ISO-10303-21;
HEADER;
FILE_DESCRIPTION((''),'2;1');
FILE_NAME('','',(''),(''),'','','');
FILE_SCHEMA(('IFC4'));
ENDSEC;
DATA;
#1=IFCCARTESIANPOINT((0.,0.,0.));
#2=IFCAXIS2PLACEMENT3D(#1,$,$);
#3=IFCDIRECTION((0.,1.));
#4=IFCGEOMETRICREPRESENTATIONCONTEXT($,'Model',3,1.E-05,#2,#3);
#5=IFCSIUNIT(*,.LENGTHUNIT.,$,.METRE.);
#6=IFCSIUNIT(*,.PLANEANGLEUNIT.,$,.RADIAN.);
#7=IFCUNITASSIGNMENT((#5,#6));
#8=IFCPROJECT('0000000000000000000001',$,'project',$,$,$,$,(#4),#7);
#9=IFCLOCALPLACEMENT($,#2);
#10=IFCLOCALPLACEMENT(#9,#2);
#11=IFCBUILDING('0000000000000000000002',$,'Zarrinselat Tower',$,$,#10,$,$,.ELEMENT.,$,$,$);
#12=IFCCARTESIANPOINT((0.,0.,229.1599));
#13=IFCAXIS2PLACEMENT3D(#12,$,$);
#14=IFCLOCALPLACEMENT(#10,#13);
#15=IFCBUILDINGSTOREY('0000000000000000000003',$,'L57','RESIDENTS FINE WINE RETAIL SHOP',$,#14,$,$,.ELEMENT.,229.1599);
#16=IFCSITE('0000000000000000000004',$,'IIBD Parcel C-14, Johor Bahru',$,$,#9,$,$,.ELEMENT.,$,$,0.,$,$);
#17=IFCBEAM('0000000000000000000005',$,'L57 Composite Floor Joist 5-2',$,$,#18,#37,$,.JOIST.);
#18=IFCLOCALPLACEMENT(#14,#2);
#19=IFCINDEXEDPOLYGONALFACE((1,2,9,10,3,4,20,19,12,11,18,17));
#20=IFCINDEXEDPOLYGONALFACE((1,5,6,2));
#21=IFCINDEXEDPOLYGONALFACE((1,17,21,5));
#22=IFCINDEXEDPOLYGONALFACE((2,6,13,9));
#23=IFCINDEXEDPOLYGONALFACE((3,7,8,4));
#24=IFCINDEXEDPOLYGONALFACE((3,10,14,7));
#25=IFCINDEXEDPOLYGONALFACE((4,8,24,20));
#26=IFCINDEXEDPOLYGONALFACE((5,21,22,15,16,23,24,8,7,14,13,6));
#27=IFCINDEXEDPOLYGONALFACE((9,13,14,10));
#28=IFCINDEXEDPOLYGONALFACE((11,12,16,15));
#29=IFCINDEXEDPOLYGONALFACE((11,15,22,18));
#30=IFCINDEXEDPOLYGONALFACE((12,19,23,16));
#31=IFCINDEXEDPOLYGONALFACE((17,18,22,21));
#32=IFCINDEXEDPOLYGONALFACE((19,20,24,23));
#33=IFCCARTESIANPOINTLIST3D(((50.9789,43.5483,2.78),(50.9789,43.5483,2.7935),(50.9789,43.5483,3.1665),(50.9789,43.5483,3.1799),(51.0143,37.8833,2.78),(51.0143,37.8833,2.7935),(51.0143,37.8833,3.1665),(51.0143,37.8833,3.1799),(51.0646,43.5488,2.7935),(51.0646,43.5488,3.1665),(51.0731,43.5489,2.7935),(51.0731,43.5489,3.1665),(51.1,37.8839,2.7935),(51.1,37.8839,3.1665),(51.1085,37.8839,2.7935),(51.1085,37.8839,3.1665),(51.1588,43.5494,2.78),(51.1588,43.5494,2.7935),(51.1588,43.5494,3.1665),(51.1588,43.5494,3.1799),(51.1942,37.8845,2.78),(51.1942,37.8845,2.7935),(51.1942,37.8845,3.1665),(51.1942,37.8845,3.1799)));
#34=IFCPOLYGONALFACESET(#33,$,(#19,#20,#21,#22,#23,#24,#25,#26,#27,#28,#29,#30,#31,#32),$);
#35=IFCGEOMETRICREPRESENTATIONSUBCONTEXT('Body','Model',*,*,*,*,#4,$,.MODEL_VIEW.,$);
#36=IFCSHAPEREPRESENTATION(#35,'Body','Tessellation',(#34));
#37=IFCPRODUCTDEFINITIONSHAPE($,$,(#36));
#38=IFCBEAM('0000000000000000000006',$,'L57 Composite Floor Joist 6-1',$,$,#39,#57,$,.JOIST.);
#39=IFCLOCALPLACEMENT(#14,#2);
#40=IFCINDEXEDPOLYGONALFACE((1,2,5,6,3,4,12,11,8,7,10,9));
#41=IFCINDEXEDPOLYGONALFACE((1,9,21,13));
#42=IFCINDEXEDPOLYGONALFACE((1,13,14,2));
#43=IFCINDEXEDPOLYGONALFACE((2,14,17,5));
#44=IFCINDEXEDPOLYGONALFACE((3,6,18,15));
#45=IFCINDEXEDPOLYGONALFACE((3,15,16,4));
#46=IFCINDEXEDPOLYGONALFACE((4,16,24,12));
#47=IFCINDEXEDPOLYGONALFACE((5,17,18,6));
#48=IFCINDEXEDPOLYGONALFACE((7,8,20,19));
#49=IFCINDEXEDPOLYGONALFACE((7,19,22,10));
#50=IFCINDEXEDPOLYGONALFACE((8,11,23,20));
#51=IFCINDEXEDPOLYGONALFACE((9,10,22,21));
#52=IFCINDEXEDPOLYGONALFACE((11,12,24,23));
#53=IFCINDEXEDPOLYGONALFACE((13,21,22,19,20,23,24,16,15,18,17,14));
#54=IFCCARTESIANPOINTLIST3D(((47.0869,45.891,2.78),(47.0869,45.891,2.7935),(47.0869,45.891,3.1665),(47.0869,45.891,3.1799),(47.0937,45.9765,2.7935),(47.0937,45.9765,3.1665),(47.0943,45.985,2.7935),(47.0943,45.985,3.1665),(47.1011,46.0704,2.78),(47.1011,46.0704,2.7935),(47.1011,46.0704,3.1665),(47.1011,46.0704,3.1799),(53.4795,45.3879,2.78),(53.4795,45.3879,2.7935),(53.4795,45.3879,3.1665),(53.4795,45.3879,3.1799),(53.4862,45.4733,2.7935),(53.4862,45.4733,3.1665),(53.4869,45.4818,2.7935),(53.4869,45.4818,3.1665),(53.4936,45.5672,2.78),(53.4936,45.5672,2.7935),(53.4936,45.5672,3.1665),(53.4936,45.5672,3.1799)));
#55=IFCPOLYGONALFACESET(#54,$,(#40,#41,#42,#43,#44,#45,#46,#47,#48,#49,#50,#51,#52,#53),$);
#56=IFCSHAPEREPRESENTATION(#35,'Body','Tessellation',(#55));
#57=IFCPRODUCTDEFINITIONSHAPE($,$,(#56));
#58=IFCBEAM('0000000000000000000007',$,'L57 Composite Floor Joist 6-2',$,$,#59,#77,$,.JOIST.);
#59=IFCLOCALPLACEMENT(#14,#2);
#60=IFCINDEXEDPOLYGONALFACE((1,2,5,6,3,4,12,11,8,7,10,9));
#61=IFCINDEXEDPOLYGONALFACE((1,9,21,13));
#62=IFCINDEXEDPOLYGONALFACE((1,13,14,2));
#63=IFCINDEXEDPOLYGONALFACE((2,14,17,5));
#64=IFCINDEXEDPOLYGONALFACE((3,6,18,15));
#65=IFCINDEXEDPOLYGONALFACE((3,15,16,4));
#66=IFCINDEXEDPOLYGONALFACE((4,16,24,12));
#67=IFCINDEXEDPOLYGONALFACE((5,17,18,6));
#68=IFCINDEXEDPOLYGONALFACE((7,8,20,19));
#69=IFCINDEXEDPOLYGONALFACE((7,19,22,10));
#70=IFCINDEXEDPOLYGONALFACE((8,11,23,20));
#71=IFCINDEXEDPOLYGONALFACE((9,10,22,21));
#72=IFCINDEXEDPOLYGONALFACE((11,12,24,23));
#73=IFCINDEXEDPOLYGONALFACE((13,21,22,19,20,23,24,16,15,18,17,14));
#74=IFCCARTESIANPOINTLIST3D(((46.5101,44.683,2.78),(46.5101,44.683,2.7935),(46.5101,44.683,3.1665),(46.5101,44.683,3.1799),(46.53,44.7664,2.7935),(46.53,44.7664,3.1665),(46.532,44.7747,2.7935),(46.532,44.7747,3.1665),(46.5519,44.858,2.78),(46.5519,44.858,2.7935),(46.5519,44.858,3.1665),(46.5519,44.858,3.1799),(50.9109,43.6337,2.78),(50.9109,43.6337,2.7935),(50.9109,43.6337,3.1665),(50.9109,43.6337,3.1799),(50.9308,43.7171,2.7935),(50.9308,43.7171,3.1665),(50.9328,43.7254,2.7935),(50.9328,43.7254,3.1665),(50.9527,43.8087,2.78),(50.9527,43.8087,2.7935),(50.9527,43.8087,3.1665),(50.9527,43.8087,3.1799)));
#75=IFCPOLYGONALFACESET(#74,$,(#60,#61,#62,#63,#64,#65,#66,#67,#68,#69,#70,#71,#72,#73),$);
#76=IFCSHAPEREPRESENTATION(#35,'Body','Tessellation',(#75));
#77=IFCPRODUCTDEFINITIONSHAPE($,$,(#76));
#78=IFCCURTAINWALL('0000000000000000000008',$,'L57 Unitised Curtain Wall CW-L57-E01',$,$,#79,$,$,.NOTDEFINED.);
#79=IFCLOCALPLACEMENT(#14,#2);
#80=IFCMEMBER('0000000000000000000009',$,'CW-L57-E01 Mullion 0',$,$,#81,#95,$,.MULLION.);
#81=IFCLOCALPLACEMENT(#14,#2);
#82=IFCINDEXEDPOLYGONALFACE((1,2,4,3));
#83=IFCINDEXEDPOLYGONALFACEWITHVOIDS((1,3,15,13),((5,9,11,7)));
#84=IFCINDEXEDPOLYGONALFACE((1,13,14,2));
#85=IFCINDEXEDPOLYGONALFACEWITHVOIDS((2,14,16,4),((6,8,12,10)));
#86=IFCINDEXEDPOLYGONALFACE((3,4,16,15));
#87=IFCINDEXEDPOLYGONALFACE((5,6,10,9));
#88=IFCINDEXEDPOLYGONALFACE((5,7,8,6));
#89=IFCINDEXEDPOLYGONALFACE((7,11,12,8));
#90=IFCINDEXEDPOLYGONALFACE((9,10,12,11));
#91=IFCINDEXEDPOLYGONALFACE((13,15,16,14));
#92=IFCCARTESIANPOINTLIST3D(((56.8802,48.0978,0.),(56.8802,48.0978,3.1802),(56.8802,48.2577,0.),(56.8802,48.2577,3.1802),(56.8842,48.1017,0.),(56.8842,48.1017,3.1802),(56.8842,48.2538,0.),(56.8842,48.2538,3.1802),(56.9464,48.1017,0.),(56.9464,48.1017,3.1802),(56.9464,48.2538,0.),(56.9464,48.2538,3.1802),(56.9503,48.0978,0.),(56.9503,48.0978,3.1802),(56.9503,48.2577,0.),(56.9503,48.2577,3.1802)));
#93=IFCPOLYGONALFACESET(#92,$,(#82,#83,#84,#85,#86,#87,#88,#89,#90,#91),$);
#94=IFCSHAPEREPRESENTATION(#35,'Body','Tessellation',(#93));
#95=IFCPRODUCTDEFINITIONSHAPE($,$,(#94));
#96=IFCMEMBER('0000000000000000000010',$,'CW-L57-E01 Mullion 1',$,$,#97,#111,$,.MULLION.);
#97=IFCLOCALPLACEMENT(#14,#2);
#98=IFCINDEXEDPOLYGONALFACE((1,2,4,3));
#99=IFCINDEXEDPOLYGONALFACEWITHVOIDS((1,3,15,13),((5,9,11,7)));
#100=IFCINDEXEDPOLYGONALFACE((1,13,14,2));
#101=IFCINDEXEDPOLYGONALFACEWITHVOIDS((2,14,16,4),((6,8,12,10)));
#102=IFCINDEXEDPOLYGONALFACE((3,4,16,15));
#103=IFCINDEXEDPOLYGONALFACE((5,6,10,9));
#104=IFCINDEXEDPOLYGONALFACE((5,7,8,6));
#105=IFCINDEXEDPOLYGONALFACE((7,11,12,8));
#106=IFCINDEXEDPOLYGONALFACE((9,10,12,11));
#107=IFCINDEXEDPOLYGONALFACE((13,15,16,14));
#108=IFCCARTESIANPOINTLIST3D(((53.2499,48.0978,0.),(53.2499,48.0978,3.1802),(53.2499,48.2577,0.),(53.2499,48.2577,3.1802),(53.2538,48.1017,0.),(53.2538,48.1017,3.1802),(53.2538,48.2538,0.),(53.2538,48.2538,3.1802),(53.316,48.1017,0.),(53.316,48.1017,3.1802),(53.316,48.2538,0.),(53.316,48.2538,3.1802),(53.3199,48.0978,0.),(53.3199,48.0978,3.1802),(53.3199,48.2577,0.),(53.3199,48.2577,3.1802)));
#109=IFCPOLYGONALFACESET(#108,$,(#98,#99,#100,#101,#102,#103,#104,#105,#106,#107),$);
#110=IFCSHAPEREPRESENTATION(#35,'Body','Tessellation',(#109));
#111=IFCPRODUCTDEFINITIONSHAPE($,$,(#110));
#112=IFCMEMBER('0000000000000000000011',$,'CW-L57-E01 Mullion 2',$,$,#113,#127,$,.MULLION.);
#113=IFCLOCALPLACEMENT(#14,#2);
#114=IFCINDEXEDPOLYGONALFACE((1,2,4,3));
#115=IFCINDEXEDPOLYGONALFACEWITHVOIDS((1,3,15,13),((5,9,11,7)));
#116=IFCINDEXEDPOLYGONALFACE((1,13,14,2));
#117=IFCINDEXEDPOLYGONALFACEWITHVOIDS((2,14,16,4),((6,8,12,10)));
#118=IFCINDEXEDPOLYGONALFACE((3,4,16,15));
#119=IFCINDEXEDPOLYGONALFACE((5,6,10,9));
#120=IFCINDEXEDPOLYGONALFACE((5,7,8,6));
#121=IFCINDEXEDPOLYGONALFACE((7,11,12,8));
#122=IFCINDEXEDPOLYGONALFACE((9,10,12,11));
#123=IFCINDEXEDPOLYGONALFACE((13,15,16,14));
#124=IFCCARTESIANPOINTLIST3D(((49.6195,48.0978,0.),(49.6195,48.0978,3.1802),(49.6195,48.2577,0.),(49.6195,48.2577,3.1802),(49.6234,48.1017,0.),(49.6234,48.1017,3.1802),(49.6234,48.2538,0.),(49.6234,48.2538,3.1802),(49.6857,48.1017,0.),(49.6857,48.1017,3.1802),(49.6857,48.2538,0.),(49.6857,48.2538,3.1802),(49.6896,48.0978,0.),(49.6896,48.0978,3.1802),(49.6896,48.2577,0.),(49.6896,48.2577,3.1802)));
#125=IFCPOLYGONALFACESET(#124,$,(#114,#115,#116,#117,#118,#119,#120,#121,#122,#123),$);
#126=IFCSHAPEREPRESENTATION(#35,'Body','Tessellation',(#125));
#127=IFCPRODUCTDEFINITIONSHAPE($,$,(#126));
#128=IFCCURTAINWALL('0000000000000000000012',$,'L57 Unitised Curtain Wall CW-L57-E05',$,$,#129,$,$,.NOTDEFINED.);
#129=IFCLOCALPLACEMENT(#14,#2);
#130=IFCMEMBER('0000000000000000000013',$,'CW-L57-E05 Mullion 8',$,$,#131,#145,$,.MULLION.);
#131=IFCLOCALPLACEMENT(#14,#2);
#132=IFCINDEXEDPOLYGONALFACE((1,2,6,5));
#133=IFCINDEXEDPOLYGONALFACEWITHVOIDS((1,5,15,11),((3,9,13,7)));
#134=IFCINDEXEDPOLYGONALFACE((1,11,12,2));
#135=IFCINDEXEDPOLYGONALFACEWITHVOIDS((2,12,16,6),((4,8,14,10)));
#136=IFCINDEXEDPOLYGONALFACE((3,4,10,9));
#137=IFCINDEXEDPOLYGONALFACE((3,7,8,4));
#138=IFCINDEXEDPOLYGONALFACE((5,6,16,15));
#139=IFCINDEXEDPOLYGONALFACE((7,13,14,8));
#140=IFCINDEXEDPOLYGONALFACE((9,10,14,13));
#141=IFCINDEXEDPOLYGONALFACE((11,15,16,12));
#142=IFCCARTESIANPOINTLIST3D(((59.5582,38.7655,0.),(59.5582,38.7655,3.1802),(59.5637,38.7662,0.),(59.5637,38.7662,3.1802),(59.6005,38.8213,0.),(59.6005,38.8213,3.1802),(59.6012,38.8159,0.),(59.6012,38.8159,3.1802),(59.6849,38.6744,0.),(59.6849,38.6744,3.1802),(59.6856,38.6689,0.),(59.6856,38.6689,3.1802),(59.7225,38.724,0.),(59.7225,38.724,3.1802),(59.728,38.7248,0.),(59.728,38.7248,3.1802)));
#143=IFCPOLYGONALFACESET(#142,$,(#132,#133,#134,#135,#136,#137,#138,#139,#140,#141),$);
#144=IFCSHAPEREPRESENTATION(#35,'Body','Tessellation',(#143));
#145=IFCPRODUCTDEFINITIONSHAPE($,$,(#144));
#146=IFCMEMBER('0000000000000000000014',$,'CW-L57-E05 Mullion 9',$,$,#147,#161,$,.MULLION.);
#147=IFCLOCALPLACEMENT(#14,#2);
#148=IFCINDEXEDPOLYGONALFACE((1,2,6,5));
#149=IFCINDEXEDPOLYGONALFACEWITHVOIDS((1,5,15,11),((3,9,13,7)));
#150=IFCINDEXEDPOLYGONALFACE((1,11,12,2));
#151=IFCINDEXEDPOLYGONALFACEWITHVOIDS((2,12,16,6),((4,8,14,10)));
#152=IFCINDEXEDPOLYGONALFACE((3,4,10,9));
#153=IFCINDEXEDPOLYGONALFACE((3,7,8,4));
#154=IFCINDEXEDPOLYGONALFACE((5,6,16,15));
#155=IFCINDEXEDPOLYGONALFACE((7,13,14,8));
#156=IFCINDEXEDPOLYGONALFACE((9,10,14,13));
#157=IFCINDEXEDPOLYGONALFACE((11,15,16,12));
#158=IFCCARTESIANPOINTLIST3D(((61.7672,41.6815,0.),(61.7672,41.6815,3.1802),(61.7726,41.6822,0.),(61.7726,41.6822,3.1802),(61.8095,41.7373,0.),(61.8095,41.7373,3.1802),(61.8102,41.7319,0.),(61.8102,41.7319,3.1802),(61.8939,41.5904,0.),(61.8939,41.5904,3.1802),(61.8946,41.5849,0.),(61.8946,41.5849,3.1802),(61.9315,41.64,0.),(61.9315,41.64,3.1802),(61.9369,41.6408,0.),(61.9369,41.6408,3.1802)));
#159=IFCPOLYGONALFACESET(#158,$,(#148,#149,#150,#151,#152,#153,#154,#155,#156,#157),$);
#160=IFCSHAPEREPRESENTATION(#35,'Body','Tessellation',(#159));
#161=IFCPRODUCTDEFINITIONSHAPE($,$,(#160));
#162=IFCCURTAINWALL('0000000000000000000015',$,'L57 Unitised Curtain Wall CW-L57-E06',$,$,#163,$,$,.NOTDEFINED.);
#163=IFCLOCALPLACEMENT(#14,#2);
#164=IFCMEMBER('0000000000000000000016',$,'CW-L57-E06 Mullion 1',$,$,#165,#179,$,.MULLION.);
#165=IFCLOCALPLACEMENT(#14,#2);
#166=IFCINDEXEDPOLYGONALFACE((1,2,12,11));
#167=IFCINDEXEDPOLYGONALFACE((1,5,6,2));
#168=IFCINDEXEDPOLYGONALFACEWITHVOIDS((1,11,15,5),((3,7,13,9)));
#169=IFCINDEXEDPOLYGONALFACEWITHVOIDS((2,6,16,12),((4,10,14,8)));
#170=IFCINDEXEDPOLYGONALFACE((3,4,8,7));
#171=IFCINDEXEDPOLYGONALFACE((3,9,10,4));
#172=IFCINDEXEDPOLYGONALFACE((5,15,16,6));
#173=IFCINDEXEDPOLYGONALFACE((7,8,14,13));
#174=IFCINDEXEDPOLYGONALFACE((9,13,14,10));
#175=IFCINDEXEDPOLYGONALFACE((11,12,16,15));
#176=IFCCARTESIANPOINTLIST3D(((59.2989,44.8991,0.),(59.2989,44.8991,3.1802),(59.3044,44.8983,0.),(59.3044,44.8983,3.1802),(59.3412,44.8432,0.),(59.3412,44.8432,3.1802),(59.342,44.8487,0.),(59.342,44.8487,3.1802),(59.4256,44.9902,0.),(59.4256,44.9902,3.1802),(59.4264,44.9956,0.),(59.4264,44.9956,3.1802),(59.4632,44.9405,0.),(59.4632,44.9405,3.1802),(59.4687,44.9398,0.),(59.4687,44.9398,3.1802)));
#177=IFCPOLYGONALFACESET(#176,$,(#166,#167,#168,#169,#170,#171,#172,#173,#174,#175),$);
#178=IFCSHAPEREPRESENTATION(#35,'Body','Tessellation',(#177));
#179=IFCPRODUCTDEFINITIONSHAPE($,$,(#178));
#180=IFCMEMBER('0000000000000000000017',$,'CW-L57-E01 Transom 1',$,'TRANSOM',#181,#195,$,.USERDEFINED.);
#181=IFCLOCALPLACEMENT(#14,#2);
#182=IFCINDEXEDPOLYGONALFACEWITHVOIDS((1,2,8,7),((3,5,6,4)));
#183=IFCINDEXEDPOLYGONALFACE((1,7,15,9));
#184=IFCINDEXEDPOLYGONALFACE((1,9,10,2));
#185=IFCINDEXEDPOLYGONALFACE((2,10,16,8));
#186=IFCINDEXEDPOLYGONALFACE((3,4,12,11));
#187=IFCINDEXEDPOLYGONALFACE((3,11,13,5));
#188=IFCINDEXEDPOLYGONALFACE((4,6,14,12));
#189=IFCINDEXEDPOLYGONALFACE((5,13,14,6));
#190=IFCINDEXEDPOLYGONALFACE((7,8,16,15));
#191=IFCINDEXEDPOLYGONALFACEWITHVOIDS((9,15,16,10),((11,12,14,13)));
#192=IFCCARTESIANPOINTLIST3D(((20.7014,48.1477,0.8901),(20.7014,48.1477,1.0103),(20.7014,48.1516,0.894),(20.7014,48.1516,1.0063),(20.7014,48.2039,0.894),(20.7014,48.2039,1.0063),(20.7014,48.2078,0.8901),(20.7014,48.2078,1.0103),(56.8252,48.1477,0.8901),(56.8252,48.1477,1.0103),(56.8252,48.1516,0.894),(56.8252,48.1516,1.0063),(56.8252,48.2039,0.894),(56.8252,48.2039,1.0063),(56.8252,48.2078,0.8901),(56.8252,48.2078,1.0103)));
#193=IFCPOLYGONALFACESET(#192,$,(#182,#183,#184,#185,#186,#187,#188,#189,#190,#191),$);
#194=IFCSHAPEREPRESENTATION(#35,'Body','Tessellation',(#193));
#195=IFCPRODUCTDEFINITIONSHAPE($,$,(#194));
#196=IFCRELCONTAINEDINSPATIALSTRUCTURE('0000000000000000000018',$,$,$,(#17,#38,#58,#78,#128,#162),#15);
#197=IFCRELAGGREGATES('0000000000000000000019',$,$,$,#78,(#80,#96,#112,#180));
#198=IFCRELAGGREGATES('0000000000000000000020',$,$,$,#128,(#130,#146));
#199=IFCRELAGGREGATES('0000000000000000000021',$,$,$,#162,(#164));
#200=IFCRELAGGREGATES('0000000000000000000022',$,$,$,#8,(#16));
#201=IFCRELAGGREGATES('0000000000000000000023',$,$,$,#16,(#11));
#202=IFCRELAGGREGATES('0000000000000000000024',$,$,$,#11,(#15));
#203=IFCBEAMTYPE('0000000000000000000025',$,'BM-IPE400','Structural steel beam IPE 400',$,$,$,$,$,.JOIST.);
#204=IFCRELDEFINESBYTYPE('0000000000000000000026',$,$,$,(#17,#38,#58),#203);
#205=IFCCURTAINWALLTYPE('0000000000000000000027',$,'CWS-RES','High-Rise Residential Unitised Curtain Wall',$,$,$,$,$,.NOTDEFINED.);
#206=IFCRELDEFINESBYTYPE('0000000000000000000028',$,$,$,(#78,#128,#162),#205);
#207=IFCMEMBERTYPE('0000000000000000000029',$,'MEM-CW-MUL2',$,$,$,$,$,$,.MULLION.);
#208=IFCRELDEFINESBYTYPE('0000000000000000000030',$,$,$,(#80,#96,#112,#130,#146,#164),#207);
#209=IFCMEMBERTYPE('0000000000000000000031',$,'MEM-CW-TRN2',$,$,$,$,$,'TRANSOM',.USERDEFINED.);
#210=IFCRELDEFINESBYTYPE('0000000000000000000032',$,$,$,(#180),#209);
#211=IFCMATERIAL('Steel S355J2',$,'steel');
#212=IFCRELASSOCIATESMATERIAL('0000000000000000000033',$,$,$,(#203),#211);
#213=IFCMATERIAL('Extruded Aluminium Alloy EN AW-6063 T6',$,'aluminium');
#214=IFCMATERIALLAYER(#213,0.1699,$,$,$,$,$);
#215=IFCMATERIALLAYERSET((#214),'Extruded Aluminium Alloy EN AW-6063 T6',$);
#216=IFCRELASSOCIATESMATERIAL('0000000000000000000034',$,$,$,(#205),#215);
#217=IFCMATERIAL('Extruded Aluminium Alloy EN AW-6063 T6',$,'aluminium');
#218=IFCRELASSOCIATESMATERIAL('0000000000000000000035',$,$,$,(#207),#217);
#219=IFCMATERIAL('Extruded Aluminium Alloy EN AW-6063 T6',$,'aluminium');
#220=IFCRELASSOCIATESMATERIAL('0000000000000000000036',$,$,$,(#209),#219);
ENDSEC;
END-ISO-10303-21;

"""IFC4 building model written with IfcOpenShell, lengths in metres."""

from ifc_helpers import new_model, si_unit, direction, frame, origin, origin_2d, place, context, subcontext, project, spatial, hollow_rectangle, i_section, extrude, material, layer, layer_set, material_profile, profile_set, type_object, element, aggregate, save


model = new_model("IFC4")

# Units and contexts
model_context = context("Model", 3, precision=1e-05, world=origin(), true_north=direction((0.0, 1.0)))
body_context = subcontext(model_context, "Body", "Model", "MODEL_VIEW")
ifc_project = project(units=[si_unit("LENGTHUNIT", "METRE"), si_unit("PLANEANGLEUNIT", "RADIAN")], contexts=[model_context])

# Site, building, storey
site_placement = place(None, origin())
site = spatial("IfcSite", under=ifc_project, at=site_placement, Name="IIBD Parcel C-14, Johor Bahru", CompositionType="ELEMENT", RefElevation=0.0)
building_placement = place(site_placement, origin())
building = spatial("IfcBuilding", under=site, at=building_placement, Name="Zarrinselat Tower", CompositionType="ELEMENT")
storey_placement = place(building_placement, frame((0.0, 0.0, 229.1599)))
storey = spatial("IfcBuildingStorey", under=building, at=storey_placement, Name="L57", Description="RESIDENTS FINE WINE RETAIL SHOP", CompositionType="ELEMENT", Elevation=229.1599)

# Beams
ifc_material_1 = material(Name="Steel S355J2", Category="steel")
ifc_material_profile_1 = material_profile(ifc_material_1, i_section(OverallWidth=0.1799, OverallDepth=0.3999, WebThickness=0.0085, FlangeThickness=0.0134, at=origin_2d()), Name="IPE 400")
ifc_profile_set_1 = profile_set([ifc_material_profile_1], Name="Steel S355J2")
beam_type_1 = type_object("IfcBeamType", Name="BM-IPE400", Description="Structural steel beam IPE 400", PredefinedType="JOIST", material=ifc_profile_set_1)
beam_1_placement = place(storey_placement, frame((51.0688, 43.5488, 2.98), z_axis=(0.006249, -0.99998, 0.0), x_axis=(0.99998, 0.006249, 0.0)))
element("IfcBeam", 1, at=beam_1_placement, inside=storey, type_object=beam_type_1, Name="L57 Composite Floor Joist 5-2", PredefinedType="JOIST", context=body_context, shape_type="SweptSolid", body=[
    extrude(i_section(OverallWidth=0.1799, OverallDepth=0.3999, WebThickness=0.0085, FlangeThickness=0.0134, at=origin_2d()), origin(), (0.0, 0.0, 1.0), 5.665),
])
beam_2_placement = place(storey_placement, frame((47.094, 45.9807, 2.98), z_axis=(0.996917, -0.078469, 0.0), x_axis=(0.078469, 0.996917, 0.0)))
element("IfcBeam", 2, at=beam_2_placement, inside=storey, type_object=beam_type_1, Name="L57 Composite Floor Joist 6-1", PredefinedType="JOIST", context=body_context, shape_type="SweptSolid", body=[
    extrude(i_section(OverallWidth=0.1799, OverallDepth=0.3999, WebThickness=0.0085, FlangeThickness=0.0134, at=origin_2d()), origin(), (0.0, 0.0, 1.0), 6.4124),
])
beam_3_placement = place(storey_placement, frame((46.531, 44.7705, 2.98), z_axis=(0.972732, -0.231932, 0.0), x_axis=(0.231932, 0.972732, 0.0)))
element("IfcBeam", 3, at=beam_3_placement, inside=storey, type_object=beam_type_1, Name="L57 Composite Floor Joist 6-2", PredefinedType="JOIST", context=body_context, shape_type="SweptSolid", body=[
    extrude(i_section(OverallWidth=0.1799, OverallDepth=0.3999, WebThickness=0.0085, FlangeThickness=0.0134, at=origin_2d()), origin(), (0.0, 0.0, 1.0), 4.5242),
])

# Curtain walls, members
ifc_material_2 = material(Name="Extruded Aluminium Alloy EN AW-6063 T6", Category="aluminium")
ifc_layer_1 = layer(ifc_material_2, 0.1699)
ifc_layer_set_1 = layer_set([ifc_layer_1], Name="Extruded Aluminium Alloy EN AW-6063 T6")
curtain_wall_type = type_object("IfcCurtainWallType", Name="CWS-RES", Description="High-Rise Residential Unitised Curtain Wall", PredefinedType="NOTDEFINED", material=ifc_layer_set_1)
curtain_wall_1_placement = place(storey_placement, origin())
curtain_wall_1 = element("IfcCurtainWall", 4, at=curtain_wall_1_placement, inside=storey, type_object=curtain_wall_type, Name="L57 Unitised Curtain Wall CW-L57-E01", PredefinedType="NOTDEFINED")
ifc_material_3 = material(Name="Extruded Aluminium Alloy EN AW-6063 T6", Category="aluminium")
ifc_material_profile_2 = material_profile(ifc_material_3, hollow_rectangle(XDim=0.0701, YDim=0.1599, WallThickness=0.0039, at=origin_2d()), Name="RHS 160x70x4")
ifc_profile_set_2 = profile_set([ifc_material_profile_2], Name="Extruded Aluminium Alloy EN AW-6063 T6")
member_type_1 = type_object("IfcMemberType", Name="MEM-CW-MUL2", PredefinedType="MULLION", material=ifc_profile_set_2)
member_1_placement = place(storey_placement, frame((56.9153, 48.1777, 0.0), z_axis=(0.0, 0.0, 1.0), x_axis=(-1.0, 0.0, 0.0)))
member_1 = element("IfcMember", 5, at=member_1_placement, type_object=member_type_1, Name="CW-L57-E01 Mullion 0", PredefinedType="MULLION", context=body_context, shape_type="SweptSolid", body=[
    extrude(hollow_rectangle(XDim=0.0701, YDim=0.1599, WallThickness=0.0039, at=origin_2d()), origin(), (0.0, 0.0, 1.0), 3.1802),
])
member_2_placement = place(storey_placement, frame((53.2849, 48.1777, 0.0), z_axis=(0.0, 0.0, 1.0), x_axis=(-1.0, 0.0, 0.0)))
member_2 = element("IfcMember", 6, at=member_2_placement, type_object=member_type_1, Name="CW-L57-E01 Mullion 1", PredefinedType="MULLION", context=body_context, shape_type="SweptSolid", body=[
    extrude(hollow_rectangle(XDim=0.0701, YDim=0.1599, WallThickness=0.0039, at=origin_2d()), origin(), (0.0, 0.0, 1.0), 3.1802),
])
member_3_placement = place(storey_placement, frame((49.6545, 48.1777, 0.0), z_axis=(0.0, 0.0, 1.0), x_axis=(-1.0, 0.0, 0.0)))
member_3 = element("IfcMember", 7, at=member_3_placement, type_object=member_type_1, Name="CW-L57-E01 Mullion 2", PredefinedType="MULLION", context=body_context, shape_type="SweptSolid", body=[
    extrude(hollow_rectangle(XDim=0.0701, YDim=0.1599, WallThickness=0.0039, at=origin_2d()), origin(), (0.0, 0.0, 1.0), 3.1802),
])
curtain_wall_2_placement = place(storey_placement, origin())
curtain_wall_2 = element("IfcCurtainWall", 8, at=curtain_wall_2_placement, inside=storey, type_object=curtain_wall_type, Name="L57 Unitised Curtain Wall CW-L57-E05", PredefinedType="NOTDEFINED")
member_4_placement = place(storey_placement, frame((59.6431, 38.7451, 0.0), z_axis=(0.0, 0.0, 1.0), x_axis=(0.603859, 0.797091, 0.0)))
member_4 = element("IfcMember", 9, at=member_4_placement, type_object=member_type_1, Name="CW-L57-E05 Mullion 8", PredefinedType="MULLION", context=body_context, shape_type="SweptSolid", body=[
    extrude(hollow_rectangle(XDim=0.0701, YDim=0.1599, WallThickness=0.0039, at=origin_2d()), origin(), (0.0, 0.0, 1.0), 3.1802),
])
member_5_placement = place(storey_placement, frame((61.8521, 41.6611, 0.0), z_axis=(0.0, 0.0, 1.0), x_axis=(0.603859, 0.797091, 0.0)))
member_5 = element("IfcMember", 10, at=member_5_placement, type_object=member_type_1, Name="CW-L57-E05 Mullion 9", PredefinedType="MULLION", context=body_context, shape_type="SweptSolid", body=[
    extrude(hollow_rectangle(XDim=0.0701, YDim=0.1599, WallThickness=0.0039, at=origin_2d()), origin(), (0.0, 0.0, 1.0), 3.1802),
])

# Curtain wall, member
curtain_wall_3_placement = place(storey_placement, origin())
curtain_wall_3 = element("IfcCurtainWall", 11, at=curtain_wall_3_placement, inside=storey, type_object=curtain_wall_type, Name="L57 Unitised Curtain Wall CW-L57-E06", PredefinedType="NOTDEFINED")
member_6_placement = place(storey_placement, frame((59.3838, 44.9194, 0.0), z_axis=(0.0, 0.0, 1.0), x_axis=(-0.603858, 0.797092, 0.0)))
member_6 = element("IfcMember", 12, at=member_6_placement, type_object=member_type_1, Name="CW-L57-E06 Mullion 1", PredefinedType="MULLION", context=body_context, shape_type="SweptSolid", body=[
    extrude(hollow_rectangle(XDim=0.0701, YDim=0.1599, WallThickness=0.0039, at=origin_2d()), origin(), (0.0, 0.0, 1.0), 3.1802),
])

# Member
ifc_material_4 = material(Name="Extruded Aluminium Alloy EN AW-6063 T6", Category="aluminium")
ifc_material_profile_3 = material_profile(ifc_material_4, hollow_rectangle(XDim=0.0601, YDim=0.1201, WallThickness=0.0039, at=origin_2d()), Name="RHS 120x60x4")
ifc_profile_set_3 = profile_set([ifc_material_profile_3], Name="Extruded Aluminium Alloy EN AW-6063 T6")
member_type_2 = type_object("IfcMemberType", Name="MEM-CW-TRN2", ElementType="TRANSOM", PredefinedType="USERDEFINED", material=ifc_profile_set_3)
member_7_placement = place(storey_placement, frame((56.8252, 48.1777, 0.9502), z_axis=(-1.0, 0.0, 0.0), x_axis=(0.0, -1.0, 0.0)))
member_7 = element("IfcMember", 13, at=member_7_placement, type_object=member_type_2, Name="CW-L57-E01 Transom 1", ObjectType="TRANSOM", PredefinedType="USERDEFINED", context=body_context, shape_type="SweptSolid", body=[
    extrude(hollow_rectangle(XDim=0.0601, YDim=0.1201, WallThickness=0.0039, at=origin_2d()), origin(), (0.0, 0.0, 1.0), 36.1238),
])

aggregate(curtain_wall_1, [member_1, member_2, member_3, member_7])
aggregate(curtain_wall_2, [member_4, member_5])
aggregate(curtain_wall_3, [member_6])

save(model, "model.ifc")
